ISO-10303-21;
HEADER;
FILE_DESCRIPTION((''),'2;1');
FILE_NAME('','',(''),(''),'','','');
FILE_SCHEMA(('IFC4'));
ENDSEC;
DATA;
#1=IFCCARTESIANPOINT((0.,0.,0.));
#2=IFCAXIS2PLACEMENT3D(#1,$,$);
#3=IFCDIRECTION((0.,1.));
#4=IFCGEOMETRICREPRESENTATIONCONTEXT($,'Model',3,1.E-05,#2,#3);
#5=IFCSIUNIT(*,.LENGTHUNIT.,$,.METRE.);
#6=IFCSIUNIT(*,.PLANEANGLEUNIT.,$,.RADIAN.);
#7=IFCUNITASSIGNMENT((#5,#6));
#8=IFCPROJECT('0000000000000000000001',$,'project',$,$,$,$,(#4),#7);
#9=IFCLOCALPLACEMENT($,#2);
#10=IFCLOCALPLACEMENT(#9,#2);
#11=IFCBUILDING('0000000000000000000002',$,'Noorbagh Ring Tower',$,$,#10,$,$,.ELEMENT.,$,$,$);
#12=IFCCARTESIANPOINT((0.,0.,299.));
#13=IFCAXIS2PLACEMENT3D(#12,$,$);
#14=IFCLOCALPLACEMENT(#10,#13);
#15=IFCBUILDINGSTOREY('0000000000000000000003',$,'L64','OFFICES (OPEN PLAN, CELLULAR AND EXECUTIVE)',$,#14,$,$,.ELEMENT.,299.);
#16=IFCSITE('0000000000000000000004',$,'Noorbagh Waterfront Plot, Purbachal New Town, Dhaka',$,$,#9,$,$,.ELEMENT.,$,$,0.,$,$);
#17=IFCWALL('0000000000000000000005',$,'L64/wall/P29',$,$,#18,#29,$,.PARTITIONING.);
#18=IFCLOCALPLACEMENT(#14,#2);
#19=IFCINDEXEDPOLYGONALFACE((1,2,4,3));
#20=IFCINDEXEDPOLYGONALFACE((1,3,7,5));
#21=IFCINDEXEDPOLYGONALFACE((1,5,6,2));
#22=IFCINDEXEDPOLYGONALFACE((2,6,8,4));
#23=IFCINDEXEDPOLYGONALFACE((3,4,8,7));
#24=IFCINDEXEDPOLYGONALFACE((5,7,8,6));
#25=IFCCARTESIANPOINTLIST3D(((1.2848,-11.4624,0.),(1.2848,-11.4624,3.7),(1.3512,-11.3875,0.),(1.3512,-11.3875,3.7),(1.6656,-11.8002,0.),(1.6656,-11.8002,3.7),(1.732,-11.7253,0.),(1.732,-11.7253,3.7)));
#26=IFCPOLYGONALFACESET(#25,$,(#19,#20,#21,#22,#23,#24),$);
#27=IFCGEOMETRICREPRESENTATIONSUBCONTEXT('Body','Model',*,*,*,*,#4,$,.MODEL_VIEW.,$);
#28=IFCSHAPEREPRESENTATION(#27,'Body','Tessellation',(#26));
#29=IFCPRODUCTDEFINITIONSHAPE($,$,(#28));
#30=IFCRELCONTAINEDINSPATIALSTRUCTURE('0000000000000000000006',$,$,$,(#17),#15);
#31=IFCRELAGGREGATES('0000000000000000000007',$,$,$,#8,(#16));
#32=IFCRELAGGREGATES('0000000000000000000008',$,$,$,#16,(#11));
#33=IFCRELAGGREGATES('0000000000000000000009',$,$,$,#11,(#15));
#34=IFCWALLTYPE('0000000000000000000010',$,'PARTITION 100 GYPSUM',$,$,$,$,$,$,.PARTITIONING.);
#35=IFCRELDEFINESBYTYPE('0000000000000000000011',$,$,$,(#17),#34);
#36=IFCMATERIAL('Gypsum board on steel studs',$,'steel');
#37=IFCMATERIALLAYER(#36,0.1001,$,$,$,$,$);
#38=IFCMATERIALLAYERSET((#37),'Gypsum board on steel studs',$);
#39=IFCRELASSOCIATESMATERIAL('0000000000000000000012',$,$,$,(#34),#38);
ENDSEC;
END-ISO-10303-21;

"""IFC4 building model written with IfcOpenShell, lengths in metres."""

from ifc_helpers import new_model, si_unit, direction, frame, frame_2d, origin, place, context, subcontext, project, spatial, rectangle, extrude, material, layer, layer_set, type_object, element, save


model = new_model("IFC4")

# Units and contexts
model_context = context("Model", 3, precision=1e-05, world=origin(), true_north=direction((0.0, 1.0)))
body_context = subcontext(model_context, "Body", "Model", "MODEL_VIEW")
ifc_project = project(units=[si_unit("LENGTHUNIT", "METRE"), si_unit("PLANEANGLEUNIT", "RADIAN")], contexts=[model_context])

# Site, building, storey
site_placement = place(None, origin())
building_placement = place(site_placement, origin())
storey_placement = place(building_placement, frame((0.0, 0.0, 299.0)))
site = spatial("IfcSite", under=ifc_project, at=site_placement, Name="Noorbagh Waterfront Plot, Purbachal New Town, Dhaka", CompositionType="ELEMENT", RefElevation=0.0)
building = spatial("IfcBuilding", under=site, at=building_placement, Name="Noorbagh Ring Tower", CompositionType="ELEMENT")
storey = spatial("IfcBuildingStorey", under=building, at=storey_placement, Name="L64", Description="OFFICES (OPEN PLAN, CELLULAR AND EXECUTIVE)", CompositionType="ELEMENT", Elevation=299.0)

# Wall
ifc_material_1 = material(Name="Gypsum board on steel studs", Category="steel")
ifc_layer_1 = layer(ifc_material_1, 0.1001)
ifc_layer_set_1 = layer_set([ifc_layer_1], Name="Gypsum board on steel studs")
wall_type_1 = type_object("IfcWallType", Name="PARTITION 100 GYPSUM", PredefinedType="PARTITIONING", material=ifc_layer_set_1)
wall_1_placement = place(storey_placement, frame((1.3181, -11.425, 0.0), z_axis=(0.0, 0.0, 1.0), x_axis=(0.748044, -0.663649, 0.0)))
element("IfcWall", 1, at=wall_1_placement, inside=storey, type_object=wall_type_1, Name="L64/wall/P29", PredefinedType="PARTITIONING", context=body_context, shape_type="SweptSolid", body=[
    extrude(rectangle(XDim=0.509, YDim=0.1001, at=frame_2d((0.2544, 0.0))), origin(), (0.0, 0.0, 1.0), 3.7),
])

save(model, "model.ifc")
